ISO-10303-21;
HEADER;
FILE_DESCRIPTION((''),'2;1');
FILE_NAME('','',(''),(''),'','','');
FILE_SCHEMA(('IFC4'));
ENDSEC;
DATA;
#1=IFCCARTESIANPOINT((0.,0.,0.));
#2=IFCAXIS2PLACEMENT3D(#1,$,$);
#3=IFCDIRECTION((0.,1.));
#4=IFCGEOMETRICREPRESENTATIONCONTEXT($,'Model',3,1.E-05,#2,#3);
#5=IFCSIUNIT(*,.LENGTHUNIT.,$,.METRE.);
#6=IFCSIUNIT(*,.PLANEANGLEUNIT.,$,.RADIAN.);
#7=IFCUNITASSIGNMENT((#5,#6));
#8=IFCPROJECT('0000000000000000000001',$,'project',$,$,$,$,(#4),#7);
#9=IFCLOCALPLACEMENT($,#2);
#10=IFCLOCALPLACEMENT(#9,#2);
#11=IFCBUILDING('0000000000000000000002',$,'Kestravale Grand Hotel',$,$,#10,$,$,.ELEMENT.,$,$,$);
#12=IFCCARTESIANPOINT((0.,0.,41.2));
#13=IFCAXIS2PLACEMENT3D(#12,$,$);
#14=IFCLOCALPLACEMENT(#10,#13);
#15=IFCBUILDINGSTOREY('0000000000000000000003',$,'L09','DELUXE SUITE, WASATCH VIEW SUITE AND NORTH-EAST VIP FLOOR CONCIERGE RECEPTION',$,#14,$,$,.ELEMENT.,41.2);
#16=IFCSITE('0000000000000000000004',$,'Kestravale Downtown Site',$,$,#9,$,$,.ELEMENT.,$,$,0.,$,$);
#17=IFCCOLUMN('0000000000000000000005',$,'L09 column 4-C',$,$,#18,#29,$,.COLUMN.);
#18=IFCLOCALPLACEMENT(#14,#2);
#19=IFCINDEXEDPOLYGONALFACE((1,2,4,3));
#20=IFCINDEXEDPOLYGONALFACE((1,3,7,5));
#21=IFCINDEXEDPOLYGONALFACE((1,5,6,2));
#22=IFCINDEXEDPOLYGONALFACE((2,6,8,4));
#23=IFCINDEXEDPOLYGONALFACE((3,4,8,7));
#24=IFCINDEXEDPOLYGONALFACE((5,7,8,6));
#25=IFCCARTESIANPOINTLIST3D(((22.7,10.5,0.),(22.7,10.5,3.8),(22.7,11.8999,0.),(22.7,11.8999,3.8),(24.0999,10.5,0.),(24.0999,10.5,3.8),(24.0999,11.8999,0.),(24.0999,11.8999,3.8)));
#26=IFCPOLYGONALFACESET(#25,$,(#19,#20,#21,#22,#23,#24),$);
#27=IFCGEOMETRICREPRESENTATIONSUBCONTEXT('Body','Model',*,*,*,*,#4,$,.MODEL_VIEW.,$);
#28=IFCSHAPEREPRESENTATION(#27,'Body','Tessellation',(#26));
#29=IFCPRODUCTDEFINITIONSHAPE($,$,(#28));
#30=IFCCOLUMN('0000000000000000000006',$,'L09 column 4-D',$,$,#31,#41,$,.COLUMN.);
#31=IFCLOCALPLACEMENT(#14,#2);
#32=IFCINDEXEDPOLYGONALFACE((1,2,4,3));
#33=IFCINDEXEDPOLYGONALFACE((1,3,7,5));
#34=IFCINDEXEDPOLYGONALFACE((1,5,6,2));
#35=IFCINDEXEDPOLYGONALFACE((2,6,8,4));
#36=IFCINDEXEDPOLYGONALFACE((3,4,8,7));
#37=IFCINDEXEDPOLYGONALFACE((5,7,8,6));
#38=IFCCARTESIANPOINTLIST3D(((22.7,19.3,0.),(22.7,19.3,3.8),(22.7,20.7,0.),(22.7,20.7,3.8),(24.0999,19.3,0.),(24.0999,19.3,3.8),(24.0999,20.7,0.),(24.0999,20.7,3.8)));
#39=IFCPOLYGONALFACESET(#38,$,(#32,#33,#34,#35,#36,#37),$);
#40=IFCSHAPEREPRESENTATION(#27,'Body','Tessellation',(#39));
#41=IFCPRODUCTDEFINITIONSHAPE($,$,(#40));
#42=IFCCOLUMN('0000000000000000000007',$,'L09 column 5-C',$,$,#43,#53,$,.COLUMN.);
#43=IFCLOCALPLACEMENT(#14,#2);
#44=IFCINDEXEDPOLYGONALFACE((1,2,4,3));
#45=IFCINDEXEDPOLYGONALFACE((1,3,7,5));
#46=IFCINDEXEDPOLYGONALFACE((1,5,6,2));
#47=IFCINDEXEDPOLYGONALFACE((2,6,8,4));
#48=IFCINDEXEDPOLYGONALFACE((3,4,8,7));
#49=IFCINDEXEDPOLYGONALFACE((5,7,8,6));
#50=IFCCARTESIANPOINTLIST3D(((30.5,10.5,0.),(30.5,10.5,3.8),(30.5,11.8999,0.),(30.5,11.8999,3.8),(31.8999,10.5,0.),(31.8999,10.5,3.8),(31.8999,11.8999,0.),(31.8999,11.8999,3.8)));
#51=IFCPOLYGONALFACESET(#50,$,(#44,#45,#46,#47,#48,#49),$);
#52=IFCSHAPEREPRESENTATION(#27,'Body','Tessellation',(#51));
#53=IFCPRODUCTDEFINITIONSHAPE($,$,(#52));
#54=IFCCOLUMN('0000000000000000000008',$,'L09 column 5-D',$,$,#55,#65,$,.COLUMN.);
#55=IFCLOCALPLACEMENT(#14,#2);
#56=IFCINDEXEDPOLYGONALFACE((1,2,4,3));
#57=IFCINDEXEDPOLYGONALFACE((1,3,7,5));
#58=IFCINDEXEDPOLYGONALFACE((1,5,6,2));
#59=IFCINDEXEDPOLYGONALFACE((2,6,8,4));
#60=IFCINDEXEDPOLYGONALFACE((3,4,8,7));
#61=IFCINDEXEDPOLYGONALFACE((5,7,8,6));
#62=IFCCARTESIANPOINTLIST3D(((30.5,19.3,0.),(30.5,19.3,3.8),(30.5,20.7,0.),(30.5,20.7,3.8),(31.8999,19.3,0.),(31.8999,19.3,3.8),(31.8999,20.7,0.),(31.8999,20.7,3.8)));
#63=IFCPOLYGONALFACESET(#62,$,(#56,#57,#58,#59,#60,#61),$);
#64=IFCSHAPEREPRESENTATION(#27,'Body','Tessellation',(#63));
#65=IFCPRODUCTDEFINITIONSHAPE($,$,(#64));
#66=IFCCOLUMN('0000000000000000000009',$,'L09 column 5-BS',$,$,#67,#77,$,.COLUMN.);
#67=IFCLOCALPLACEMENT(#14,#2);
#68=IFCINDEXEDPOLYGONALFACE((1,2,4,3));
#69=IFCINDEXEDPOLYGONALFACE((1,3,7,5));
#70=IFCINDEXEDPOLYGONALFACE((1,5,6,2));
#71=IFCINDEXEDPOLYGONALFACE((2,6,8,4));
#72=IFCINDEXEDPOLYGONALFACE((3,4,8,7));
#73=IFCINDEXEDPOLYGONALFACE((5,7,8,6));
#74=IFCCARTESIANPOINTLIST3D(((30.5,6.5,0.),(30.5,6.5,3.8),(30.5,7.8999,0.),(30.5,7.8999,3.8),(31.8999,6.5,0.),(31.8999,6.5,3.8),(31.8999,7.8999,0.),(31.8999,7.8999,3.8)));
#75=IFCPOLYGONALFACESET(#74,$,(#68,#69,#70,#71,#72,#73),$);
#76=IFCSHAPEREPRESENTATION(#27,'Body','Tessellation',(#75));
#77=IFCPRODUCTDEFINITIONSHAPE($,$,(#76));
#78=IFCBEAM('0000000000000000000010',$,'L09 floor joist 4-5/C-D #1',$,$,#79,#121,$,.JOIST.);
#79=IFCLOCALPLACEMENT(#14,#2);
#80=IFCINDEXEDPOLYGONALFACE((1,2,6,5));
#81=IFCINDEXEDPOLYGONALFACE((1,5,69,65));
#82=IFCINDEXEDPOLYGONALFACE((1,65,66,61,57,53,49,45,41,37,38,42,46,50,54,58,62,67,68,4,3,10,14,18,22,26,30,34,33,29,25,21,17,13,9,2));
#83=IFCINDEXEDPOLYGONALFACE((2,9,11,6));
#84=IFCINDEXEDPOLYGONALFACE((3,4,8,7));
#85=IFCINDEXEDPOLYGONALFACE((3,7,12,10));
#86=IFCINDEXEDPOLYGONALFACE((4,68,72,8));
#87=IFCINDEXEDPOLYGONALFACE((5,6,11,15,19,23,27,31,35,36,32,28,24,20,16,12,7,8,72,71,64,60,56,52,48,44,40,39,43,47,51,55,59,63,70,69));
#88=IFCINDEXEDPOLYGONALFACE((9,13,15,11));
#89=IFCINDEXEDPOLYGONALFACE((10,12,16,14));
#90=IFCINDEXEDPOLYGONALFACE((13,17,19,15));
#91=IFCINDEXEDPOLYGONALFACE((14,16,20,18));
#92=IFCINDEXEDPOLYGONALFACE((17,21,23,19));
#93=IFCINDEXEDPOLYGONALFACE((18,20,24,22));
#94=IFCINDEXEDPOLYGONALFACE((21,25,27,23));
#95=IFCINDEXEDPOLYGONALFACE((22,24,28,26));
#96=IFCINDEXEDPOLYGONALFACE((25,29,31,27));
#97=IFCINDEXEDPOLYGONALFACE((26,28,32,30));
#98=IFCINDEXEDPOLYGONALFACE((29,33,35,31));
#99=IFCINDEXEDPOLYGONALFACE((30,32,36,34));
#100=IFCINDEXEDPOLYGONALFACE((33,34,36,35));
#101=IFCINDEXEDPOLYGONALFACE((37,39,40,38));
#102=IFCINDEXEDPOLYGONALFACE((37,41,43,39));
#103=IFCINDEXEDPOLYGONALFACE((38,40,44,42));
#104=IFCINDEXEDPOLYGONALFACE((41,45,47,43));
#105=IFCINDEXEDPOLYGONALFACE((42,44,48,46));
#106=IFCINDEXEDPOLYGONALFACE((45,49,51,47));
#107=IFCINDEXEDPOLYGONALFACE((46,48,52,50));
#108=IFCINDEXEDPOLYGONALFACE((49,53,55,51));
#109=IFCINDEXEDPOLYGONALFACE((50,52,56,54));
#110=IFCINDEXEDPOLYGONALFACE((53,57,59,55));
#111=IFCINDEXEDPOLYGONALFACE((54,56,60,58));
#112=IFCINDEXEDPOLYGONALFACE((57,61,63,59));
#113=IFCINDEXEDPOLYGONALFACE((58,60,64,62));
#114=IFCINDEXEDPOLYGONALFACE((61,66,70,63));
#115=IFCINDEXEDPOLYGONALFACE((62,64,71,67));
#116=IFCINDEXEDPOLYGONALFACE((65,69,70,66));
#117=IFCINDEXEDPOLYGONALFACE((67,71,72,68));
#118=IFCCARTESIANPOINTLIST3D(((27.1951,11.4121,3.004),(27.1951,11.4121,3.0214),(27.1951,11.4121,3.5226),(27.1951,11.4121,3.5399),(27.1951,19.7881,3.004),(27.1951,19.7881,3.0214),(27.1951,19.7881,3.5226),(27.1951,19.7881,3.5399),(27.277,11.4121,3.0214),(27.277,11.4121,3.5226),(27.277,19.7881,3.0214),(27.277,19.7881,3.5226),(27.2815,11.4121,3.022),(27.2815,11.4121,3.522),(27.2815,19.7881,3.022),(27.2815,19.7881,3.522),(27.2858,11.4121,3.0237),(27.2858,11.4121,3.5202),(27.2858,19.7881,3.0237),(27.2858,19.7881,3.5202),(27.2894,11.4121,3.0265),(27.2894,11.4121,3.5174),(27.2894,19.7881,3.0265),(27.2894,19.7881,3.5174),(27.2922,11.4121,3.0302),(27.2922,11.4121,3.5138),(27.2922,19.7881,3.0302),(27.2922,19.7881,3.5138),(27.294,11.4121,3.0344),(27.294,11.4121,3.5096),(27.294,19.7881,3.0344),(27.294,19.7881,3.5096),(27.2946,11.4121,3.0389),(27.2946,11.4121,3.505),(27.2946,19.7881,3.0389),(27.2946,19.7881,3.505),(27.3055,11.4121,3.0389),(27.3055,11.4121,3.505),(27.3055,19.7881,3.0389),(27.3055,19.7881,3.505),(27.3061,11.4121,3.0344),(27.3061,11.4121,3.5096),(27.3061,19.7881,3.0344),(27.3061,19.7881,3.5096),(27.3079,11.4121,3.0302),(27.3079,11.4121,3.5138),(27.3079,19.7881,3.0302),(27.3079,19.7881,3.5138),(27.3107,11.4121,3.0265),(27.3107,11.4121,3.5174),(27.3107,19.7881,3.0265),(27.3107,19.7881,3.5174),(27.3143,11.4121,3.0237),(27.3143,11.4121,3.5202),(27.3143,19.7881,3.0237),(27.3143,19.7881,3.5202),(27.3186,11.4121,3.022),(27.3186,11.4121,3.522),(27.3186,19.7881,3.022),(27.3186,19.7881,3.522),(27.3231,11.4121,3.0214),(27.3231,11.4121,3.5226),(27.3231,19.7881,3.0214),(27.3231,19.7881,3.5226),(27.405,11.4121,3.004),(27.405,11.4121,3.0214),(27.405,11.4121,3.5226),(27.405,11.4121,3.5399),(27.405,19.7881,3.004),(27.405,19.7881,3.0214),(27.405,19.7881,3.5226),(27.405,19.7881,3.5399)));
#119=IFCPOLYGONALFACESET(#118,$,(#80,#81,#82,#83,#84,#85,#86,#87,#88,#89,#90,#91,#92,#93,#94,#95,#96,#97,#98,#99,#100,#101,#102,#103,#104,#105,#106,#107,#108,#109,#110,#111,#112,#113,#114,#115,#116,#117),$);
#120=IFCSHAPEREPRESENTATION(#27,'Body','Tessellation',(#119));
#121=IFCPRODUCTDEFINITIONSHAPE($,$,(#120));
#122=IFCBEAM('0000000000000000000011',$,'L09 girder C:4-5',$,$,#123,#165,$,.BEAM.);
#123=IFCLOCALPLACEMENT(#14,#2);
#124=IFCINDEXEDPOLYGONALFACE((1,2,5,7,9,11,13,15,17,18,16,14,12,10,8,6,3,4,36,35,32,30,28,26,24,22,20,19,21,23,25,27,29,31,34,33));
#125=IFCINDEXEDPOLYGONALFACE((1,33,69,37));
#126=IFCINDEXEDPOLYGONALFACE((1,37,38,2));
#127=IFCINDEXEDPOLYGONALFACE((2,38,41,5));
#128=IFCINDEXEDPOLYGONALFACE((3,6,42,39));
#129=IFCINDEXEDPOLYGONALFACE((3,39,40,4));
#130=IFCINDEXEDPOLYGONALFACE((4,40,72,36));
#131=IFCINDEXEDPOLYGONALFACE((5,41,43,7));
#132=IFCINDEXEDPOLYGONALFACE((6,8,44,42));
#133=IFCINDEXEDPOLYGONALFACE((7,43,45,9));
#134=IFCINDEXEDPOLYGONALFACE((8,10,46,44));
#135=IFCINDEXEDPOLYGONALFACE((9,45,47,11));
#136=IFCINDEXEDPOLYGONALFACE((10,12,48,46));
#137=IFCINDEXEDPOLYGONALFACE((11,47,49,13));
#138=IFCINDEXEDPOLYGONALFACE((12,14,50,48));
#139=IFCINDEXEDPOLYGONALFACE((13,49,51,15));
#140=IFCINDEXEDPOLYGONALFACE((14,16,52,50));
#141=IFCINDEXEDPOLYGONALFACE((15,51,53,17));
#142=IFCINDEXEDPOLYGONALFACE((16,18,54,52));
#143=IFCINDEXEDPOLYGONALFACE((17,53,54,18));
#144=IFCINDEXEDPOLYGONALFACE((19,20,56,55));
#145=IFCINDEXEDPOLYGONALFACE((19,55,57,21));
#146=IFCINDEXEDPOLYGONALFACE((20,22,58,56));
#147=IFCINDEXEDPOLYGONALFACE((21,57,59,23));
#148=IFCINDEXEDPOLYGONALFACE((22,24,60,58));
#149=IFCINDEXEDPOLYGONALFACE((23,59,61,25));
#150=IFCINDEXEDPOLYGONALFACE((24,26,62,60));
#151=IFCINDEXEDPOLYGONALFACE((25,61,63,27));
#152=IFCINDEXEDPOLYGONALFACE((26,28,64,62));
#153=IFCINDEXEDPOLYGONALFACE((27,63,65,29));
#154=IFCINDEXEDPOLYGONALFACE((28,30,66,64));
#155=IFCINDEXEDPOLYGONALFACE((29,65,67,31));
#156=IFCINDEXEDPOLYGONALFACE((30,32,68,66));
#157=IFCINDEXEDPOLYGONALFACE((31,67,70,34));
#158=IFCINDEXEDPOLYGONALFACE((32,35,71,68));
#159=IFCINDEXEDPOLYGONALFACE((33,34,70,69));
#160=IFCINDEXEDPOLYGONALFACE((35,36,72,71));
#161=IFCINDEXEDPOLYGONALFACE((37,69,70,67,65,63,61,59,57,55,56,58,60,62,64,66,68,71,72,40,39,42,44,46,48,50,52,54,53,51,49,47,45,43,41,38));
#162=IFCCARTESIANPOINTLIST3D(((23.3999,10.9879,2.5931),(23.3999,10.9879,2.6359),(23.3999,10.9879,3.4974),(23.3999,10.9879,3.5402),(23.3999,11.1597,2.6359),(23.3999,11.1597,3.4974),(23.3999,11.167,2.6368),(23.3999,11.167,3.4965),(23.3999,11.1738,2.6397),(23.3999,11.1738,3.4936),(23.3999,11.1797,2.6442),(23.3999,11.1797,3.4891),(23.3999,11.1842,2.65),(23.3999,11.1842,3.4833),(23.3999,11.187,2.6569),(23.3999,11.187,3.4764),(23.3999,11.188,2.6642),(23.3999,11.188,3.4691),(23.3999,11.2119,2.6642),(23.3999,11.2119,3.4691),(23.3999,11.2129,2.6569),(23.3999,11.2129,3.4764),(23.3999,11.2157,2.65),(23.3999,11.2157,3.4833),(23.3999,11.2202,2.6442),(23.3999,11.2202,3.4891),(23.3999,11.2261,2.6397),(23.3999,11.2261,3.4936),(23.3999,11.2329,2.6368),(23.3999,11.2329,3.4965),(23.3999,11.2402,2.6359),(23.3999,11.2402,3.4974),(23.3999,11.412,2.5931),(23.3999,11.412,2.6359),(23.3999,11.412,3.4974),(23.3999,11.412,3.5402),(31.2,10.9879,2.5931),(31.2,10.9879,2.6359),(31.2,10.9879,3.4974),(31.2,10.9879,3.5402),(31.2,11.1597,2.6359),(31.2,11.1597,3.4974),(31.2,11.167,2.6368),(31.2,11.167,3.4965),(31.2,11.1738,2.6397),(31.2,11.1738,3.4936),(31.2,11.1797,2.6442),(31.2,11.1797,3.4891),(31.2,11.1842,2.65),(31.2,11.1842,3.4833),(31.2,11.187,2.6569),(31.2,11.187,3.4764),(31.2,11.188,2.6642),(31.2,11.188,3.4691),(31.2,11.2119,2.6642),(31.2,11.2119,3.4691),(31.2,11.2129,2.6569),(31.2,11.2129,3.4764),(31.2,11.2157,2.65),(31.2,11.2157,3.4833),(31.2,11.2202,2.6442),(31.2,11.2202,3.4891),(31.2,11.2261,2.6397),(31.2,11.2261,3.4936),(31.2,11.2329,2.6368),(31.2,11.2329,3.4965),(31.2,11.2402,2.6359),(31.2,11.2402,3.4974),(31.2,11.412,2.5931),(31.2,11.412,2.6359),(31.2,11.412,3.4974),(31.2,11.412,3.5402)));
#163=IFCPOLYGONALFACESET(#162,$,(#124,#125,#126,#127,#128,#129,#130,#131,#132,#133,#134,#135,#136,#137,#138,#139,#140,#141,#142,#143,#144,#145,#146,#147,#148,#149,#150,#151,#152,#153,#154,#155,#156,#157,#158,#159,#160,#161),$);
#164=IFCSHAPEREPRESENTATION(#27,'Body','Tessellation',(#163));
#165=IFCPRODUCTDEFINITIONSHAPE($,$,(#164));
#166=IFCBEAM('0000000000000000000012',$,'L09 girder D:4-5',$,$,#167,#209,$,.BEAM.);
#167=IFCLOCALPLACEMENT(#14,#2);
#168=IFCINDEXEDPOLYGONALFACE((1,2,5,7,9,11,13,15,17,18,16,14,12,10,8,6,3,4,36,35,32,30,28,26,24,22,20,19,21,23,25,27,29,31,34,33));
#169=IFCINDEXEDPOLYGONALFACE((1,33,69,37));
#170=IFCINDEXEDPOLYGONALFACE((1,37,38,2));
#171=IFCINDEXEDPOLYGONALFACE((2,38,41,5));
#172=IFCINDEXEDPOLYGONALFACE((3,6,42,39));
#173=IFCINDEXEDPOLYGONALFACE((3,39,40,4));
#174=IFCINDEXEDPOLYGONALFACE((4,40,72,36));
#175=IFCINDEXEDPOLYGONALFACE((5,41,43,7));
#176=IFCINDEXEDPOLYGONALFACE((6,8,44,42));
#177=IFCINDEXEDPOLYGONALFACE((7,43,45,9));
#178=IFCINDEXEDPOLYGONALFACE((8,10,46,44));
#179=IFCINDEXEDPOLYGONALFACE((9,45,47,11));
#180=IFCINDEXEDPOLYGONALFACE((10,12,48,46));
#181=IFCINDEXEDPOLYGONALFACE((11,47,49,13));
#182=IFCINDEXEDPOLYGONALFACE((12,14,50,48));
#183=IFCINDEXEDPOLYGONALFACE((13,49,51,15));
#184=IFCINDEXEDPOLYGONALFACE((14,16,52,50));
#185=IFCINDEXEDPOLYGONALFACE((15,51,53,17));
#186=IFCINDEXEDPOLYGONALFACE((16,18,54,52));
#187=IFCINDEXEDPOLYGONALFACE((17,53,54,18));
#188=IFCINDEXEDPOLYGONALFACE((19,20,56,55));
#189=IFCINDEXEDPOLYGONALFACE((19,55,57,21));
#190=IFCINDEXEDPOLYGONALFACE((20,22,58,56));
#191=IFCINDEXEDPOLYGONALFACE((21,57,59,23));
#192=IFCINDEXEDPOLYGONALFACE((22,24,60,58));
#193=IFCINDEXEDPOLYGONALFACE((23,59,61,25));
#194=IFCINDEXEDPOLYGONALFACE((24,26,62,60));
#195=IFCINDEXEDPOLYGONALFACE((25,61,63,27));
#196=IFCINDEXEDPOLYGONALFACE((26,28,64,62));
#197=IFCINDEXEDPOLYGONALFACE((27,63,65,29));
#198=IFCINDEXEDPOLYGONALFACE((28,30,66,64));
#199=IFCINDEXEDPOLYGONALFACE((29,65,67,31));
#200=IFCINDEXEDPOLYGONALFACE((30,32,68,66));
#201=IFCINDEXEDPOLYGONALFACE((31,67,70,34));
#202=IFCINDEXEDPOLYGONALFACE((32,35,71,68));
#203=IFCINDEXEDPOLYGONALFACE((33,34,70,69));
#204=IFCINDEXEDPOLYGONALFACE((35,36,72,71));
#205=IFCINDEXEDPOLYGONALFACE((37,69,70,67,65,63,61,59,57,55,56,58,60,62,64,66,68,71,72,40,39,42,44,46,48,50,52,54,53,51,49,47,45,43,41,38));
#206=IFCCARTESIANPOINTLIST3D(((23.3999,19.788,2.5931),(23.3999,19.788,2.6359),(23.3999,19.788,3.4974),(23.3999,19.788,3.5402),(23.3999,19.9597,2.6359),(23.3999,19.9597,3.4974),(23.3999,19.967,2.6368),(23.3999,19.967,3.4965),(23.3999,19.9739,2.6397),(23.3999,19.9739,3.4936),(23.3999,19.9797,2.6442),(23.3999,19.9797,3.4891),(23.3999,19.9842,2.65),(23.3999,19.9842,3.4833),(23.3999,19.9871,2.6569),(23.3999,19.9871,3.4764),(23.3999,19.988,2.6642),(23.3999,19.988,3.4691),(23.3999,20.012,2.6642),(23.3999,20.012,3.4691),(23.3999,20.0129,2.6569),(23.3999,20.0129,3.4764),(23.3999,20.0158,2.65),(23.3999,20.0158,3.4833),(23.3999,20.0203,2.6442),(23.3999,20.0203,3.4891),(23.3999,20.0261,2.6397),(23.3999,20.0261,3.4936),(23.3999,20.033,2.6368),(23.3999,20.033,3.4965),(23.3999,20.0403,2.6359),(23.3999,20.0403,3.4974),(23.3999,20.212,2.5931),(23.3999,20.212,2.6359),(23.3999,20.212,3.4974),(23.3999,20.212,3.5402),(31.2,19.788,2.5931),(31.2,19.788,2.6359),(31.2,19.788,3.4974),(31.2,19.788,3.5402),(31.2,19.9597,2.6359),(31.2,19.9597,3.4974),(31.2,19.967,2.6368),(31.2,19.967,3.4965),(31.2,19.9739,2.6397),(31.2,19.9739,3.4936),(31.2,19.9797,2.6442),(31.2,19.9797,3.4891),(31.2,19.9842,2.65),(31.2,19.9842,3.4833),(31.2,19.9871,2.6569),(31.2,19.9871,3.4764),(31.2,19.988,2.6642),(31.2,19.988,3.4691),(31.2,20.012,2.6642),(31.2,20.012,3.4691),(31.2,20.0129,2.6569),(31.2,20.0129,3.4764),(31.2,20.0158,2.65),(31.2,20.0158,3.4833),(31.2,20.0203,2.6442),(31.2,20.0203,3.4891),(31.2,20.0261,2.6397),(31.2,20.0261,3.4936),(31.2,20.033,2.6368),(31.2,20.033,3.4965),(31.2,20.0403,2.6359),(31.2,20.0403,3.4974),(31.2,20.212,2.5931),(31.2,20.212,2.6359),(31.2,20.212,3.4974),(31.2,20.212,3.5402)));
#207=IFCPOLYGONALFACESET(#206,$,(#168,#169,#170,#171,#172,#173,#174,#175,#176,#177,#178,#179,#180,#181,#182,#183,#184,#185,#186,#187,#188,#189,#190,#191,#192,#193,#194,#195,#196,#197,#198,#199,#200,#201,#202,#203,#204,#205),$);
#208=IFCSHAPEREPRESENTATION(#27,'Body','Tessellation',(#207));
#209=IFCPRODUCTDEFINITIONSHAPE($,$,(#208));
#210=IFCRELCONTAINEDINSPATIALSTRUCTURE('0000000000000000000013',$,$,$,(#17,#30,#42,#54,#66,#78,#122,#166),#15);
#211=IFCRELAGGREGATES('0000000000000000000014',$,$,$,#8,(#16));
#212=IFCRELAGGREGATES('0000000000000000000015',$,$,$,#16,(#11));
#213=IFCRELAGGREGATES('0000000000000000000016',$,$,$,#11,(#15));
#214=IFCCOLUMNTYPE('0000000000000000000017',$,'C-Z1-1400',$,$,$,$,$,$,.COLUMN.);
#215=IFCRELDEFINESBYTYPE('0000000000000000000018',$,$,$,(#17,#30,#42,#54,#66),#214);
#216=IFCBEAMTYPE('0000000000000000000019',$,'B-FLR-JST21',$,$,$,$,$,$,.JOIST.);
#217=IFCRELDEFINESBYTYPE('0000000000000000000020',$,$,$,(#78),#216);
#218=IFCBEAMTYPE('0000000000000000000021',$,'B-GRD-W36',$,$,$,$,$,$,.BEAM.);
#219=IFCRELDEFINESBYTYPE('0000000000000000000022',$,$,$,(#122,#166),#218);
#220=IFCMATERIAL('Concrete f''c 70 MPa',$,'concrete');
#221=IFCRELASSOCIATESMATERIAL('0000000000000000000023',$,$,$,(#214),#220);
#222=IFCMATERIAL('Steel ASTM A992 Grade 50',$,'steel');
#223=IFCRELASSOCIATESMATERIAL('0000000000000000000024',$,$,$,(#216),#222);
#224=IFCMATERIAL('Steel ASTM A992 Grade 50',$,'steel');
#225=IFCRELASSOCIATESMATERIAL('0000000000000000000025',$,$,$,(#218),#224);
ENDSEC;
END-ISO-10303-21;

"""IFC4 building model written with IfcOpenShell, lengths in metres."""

from ifc_helpers import new_model, si_unit, direction, frame, origin, origin_2d, place, context, subcontext, project, spatial, rectangle, i_section, extrude, material, material_profile, profile_set, type_object, element, save


model = new_model("IFC4")

# Units and contexts
model_context = context("Model", 3, precision=1e-05, world=origin(), true_north=direction((0.0, 1.0)))
body_context = subcontext(model_context, "Body", "Model", "MODEL_VIEW")
ifc_project = project(units=[si_unit("LENGTHUNIT", "METRE"), si_unit("PLANEANGLEUNIT", "RADIAN")], contexts=[model_context])

# Site, building, storey
site_placement = place(None, origin())
site = spatial("IfcSite", under=ifc_project, at=site_placement, Name="Kestravale Downtown Site", CompositionType="ELEMENT", RefElevation=0.0)
building_placement = place(site_placement, origin())
building = spatial("IfcBuilding", under=site, at=building_placement, Name="Kestravale Grand Hotel", CompositionType="ELEMENT")
storey_placement = place(building_placement, frame((0.0, 0.0, 41.2)))
storey = spatial("IfcBuildingStorey", under=building, at=storey_placement, Name="L09", Description="DELUXE SUITE, WASATCH VIEW SUITE AND NORTH-EAST VIP FLOOR CONCIERGE RECEPTION", CompositionType="ELEMENT", Elevation=41.2)

# Columns
ifc_material_1 = material(Name="Concrete f'c 70 MPa", Category="concrete")
ifc_material_profile_1 = material_profile(ifc_material_1, rectangle(XDim=1.3999, YDim=1.3999, at=origin_2d()))
ifc_profile_set_1 = profile_set([ifc_material_profile_1], Name="Concrete f'c 70 MPa")
column_type = type_object("IfcColumnType", Name="C-Z1-1400", PredefinedType="COLUMN", material=ifc_profile_set_1)
for number, where, z_axis, x_axis, name in (
    (1, (23.3999, 11.2, 0.0), (0.0, 0.0, 1.0), (1.0, 0.0, 0.0), "L09 column 4-C"),
    (2, (23.3999, 20.0, 0.0), (0.0, 0.0, 1.0), (1.0, 0.0, 0.0), "L09 column 4-D"),
    (3, (31.2, 11.2, 0.0), (0.0, 0.0, 1.0), (1.0, 0.0, 0.0), "L09 column 5-C"),
    (4, (31.2, 20.0, 0.0), (0.0, 0.0, 1.0), (1.0, 0.0, 0.0), "L09 column 5-D"),
    (5, (31.2, 7.2, 0.0), (0.0, 0.0, 1.0), (1.0, 0.0, 0.0), "L09 column 5-BS"),
):
    element("IfcColumn", number, at=place(storey_placement, frame(where, z_axis=z_axis, x_axis=x_axis)), inside=storey, type_object=column_type, Name=name, PredefinedType="COLUMN", context=body_context, shape_type="SweptSolid", body=[
        extrude(rectangle(XDim=1.3999, YDim=1.3999, at=origin_2d()), origin(), (0.0, 0.0, 1.0), 3.8),
    ])

# Beams
ifc_material_2 = material(Name="Steel ASTM A992 Grade 50", Category="steel")
ifc_material_profile_2 = material_profile(ifc_material_2, i_section(OverallWidth=0.21, OverallDepth=0.5359, WebThickness=0.011, FlangeThickness=0.0173, FilletRadius=0.0176, at=origin_2d()))
ifc_profile_set_2 = profile_set([ifc_material_profile_2], Name="Steel ASTM A992 Grade 50")
beam_type_1 = type_object("IfcBeamType", Name="B-FLR-JST21", PredefinedType="JOIST", material=ifc_profile_set_2)
beam_1_placement = place(storey_placement, frame((27.3, 11.4121, 3.272), z_axis=(0.0, 1.0, 0.0), x_axis=(-1.0, 0.0, 0.0)))
element("IfcBeam", 6, at=beam_1_placement, inside=storey, type_object=beam_type_1, Name="L09 floor joist 4-5/C-D #1", PredefinedType="JOIST", context=body_context, shape_type="SweptSolid", body=[
    extrude(i_section(OverallWidth=0.21, OverallDepth=0.5359, WebThickness=0.011, FlangeThickness=0.0173, FilletRadius=0.0176, at=origin_2d()), origin(), (0.0, 0.0, 1.0), 8.376),
])
ifc_material_3 = material(Name="Steel ASTM A992 Grade 50", Category="steel")
ifc_material_profile_3 = material_profile(ifc_material_3, i_section(OverallWidth=0.4241, OverallDepth=0.947, WebThickness=0.0239, FlangeThickness=0.0427, FilletRadius=0.0283, at=origin_2d()))
ifc_profile_set_3 = profile_set([ifc_material_profile_3], Name="Steel ASTM A992 Grade 50")
beam_type_2 = type_object("IfcBeamType", Name="B-GRD-W36", PredefinedType="BEAM", material=ifc_profile_set_3)
for number, where, z_axis, x_axis, name in (
    (7, (23.3999, 11.2, 3.0667), (1.0, 0.0, 0.0), (0.0, 1.0, 0.0), "L09 girder C:4-5"),
    (8, (23.3999, 20.0, 3.0667), (1.0, 0.0, 0.0), (0.0, 1.0, 0.0), "L09 girder D:4-5"),
):
    element("IfcBeam", number, at=place(storey_placement, frame(where, z_axis=z_axis, x_axis=x_axis)), inside=storey, type_object=beam_type_2, Name=name, PredefinedType="BEAM", context=body_context, shape_type="SweptSolid", body=[
        extrude(i_section(OverallWidth=0.4241, OverallDepth=0.947, WebThickness=0.0239, FlangeThickness=0.0427, FilletRadius=0.0283, at=origin_2d()), origin(), (0.0, 0.0, 1.0), 7.8),
    ])

save(model, "model.ifc")
